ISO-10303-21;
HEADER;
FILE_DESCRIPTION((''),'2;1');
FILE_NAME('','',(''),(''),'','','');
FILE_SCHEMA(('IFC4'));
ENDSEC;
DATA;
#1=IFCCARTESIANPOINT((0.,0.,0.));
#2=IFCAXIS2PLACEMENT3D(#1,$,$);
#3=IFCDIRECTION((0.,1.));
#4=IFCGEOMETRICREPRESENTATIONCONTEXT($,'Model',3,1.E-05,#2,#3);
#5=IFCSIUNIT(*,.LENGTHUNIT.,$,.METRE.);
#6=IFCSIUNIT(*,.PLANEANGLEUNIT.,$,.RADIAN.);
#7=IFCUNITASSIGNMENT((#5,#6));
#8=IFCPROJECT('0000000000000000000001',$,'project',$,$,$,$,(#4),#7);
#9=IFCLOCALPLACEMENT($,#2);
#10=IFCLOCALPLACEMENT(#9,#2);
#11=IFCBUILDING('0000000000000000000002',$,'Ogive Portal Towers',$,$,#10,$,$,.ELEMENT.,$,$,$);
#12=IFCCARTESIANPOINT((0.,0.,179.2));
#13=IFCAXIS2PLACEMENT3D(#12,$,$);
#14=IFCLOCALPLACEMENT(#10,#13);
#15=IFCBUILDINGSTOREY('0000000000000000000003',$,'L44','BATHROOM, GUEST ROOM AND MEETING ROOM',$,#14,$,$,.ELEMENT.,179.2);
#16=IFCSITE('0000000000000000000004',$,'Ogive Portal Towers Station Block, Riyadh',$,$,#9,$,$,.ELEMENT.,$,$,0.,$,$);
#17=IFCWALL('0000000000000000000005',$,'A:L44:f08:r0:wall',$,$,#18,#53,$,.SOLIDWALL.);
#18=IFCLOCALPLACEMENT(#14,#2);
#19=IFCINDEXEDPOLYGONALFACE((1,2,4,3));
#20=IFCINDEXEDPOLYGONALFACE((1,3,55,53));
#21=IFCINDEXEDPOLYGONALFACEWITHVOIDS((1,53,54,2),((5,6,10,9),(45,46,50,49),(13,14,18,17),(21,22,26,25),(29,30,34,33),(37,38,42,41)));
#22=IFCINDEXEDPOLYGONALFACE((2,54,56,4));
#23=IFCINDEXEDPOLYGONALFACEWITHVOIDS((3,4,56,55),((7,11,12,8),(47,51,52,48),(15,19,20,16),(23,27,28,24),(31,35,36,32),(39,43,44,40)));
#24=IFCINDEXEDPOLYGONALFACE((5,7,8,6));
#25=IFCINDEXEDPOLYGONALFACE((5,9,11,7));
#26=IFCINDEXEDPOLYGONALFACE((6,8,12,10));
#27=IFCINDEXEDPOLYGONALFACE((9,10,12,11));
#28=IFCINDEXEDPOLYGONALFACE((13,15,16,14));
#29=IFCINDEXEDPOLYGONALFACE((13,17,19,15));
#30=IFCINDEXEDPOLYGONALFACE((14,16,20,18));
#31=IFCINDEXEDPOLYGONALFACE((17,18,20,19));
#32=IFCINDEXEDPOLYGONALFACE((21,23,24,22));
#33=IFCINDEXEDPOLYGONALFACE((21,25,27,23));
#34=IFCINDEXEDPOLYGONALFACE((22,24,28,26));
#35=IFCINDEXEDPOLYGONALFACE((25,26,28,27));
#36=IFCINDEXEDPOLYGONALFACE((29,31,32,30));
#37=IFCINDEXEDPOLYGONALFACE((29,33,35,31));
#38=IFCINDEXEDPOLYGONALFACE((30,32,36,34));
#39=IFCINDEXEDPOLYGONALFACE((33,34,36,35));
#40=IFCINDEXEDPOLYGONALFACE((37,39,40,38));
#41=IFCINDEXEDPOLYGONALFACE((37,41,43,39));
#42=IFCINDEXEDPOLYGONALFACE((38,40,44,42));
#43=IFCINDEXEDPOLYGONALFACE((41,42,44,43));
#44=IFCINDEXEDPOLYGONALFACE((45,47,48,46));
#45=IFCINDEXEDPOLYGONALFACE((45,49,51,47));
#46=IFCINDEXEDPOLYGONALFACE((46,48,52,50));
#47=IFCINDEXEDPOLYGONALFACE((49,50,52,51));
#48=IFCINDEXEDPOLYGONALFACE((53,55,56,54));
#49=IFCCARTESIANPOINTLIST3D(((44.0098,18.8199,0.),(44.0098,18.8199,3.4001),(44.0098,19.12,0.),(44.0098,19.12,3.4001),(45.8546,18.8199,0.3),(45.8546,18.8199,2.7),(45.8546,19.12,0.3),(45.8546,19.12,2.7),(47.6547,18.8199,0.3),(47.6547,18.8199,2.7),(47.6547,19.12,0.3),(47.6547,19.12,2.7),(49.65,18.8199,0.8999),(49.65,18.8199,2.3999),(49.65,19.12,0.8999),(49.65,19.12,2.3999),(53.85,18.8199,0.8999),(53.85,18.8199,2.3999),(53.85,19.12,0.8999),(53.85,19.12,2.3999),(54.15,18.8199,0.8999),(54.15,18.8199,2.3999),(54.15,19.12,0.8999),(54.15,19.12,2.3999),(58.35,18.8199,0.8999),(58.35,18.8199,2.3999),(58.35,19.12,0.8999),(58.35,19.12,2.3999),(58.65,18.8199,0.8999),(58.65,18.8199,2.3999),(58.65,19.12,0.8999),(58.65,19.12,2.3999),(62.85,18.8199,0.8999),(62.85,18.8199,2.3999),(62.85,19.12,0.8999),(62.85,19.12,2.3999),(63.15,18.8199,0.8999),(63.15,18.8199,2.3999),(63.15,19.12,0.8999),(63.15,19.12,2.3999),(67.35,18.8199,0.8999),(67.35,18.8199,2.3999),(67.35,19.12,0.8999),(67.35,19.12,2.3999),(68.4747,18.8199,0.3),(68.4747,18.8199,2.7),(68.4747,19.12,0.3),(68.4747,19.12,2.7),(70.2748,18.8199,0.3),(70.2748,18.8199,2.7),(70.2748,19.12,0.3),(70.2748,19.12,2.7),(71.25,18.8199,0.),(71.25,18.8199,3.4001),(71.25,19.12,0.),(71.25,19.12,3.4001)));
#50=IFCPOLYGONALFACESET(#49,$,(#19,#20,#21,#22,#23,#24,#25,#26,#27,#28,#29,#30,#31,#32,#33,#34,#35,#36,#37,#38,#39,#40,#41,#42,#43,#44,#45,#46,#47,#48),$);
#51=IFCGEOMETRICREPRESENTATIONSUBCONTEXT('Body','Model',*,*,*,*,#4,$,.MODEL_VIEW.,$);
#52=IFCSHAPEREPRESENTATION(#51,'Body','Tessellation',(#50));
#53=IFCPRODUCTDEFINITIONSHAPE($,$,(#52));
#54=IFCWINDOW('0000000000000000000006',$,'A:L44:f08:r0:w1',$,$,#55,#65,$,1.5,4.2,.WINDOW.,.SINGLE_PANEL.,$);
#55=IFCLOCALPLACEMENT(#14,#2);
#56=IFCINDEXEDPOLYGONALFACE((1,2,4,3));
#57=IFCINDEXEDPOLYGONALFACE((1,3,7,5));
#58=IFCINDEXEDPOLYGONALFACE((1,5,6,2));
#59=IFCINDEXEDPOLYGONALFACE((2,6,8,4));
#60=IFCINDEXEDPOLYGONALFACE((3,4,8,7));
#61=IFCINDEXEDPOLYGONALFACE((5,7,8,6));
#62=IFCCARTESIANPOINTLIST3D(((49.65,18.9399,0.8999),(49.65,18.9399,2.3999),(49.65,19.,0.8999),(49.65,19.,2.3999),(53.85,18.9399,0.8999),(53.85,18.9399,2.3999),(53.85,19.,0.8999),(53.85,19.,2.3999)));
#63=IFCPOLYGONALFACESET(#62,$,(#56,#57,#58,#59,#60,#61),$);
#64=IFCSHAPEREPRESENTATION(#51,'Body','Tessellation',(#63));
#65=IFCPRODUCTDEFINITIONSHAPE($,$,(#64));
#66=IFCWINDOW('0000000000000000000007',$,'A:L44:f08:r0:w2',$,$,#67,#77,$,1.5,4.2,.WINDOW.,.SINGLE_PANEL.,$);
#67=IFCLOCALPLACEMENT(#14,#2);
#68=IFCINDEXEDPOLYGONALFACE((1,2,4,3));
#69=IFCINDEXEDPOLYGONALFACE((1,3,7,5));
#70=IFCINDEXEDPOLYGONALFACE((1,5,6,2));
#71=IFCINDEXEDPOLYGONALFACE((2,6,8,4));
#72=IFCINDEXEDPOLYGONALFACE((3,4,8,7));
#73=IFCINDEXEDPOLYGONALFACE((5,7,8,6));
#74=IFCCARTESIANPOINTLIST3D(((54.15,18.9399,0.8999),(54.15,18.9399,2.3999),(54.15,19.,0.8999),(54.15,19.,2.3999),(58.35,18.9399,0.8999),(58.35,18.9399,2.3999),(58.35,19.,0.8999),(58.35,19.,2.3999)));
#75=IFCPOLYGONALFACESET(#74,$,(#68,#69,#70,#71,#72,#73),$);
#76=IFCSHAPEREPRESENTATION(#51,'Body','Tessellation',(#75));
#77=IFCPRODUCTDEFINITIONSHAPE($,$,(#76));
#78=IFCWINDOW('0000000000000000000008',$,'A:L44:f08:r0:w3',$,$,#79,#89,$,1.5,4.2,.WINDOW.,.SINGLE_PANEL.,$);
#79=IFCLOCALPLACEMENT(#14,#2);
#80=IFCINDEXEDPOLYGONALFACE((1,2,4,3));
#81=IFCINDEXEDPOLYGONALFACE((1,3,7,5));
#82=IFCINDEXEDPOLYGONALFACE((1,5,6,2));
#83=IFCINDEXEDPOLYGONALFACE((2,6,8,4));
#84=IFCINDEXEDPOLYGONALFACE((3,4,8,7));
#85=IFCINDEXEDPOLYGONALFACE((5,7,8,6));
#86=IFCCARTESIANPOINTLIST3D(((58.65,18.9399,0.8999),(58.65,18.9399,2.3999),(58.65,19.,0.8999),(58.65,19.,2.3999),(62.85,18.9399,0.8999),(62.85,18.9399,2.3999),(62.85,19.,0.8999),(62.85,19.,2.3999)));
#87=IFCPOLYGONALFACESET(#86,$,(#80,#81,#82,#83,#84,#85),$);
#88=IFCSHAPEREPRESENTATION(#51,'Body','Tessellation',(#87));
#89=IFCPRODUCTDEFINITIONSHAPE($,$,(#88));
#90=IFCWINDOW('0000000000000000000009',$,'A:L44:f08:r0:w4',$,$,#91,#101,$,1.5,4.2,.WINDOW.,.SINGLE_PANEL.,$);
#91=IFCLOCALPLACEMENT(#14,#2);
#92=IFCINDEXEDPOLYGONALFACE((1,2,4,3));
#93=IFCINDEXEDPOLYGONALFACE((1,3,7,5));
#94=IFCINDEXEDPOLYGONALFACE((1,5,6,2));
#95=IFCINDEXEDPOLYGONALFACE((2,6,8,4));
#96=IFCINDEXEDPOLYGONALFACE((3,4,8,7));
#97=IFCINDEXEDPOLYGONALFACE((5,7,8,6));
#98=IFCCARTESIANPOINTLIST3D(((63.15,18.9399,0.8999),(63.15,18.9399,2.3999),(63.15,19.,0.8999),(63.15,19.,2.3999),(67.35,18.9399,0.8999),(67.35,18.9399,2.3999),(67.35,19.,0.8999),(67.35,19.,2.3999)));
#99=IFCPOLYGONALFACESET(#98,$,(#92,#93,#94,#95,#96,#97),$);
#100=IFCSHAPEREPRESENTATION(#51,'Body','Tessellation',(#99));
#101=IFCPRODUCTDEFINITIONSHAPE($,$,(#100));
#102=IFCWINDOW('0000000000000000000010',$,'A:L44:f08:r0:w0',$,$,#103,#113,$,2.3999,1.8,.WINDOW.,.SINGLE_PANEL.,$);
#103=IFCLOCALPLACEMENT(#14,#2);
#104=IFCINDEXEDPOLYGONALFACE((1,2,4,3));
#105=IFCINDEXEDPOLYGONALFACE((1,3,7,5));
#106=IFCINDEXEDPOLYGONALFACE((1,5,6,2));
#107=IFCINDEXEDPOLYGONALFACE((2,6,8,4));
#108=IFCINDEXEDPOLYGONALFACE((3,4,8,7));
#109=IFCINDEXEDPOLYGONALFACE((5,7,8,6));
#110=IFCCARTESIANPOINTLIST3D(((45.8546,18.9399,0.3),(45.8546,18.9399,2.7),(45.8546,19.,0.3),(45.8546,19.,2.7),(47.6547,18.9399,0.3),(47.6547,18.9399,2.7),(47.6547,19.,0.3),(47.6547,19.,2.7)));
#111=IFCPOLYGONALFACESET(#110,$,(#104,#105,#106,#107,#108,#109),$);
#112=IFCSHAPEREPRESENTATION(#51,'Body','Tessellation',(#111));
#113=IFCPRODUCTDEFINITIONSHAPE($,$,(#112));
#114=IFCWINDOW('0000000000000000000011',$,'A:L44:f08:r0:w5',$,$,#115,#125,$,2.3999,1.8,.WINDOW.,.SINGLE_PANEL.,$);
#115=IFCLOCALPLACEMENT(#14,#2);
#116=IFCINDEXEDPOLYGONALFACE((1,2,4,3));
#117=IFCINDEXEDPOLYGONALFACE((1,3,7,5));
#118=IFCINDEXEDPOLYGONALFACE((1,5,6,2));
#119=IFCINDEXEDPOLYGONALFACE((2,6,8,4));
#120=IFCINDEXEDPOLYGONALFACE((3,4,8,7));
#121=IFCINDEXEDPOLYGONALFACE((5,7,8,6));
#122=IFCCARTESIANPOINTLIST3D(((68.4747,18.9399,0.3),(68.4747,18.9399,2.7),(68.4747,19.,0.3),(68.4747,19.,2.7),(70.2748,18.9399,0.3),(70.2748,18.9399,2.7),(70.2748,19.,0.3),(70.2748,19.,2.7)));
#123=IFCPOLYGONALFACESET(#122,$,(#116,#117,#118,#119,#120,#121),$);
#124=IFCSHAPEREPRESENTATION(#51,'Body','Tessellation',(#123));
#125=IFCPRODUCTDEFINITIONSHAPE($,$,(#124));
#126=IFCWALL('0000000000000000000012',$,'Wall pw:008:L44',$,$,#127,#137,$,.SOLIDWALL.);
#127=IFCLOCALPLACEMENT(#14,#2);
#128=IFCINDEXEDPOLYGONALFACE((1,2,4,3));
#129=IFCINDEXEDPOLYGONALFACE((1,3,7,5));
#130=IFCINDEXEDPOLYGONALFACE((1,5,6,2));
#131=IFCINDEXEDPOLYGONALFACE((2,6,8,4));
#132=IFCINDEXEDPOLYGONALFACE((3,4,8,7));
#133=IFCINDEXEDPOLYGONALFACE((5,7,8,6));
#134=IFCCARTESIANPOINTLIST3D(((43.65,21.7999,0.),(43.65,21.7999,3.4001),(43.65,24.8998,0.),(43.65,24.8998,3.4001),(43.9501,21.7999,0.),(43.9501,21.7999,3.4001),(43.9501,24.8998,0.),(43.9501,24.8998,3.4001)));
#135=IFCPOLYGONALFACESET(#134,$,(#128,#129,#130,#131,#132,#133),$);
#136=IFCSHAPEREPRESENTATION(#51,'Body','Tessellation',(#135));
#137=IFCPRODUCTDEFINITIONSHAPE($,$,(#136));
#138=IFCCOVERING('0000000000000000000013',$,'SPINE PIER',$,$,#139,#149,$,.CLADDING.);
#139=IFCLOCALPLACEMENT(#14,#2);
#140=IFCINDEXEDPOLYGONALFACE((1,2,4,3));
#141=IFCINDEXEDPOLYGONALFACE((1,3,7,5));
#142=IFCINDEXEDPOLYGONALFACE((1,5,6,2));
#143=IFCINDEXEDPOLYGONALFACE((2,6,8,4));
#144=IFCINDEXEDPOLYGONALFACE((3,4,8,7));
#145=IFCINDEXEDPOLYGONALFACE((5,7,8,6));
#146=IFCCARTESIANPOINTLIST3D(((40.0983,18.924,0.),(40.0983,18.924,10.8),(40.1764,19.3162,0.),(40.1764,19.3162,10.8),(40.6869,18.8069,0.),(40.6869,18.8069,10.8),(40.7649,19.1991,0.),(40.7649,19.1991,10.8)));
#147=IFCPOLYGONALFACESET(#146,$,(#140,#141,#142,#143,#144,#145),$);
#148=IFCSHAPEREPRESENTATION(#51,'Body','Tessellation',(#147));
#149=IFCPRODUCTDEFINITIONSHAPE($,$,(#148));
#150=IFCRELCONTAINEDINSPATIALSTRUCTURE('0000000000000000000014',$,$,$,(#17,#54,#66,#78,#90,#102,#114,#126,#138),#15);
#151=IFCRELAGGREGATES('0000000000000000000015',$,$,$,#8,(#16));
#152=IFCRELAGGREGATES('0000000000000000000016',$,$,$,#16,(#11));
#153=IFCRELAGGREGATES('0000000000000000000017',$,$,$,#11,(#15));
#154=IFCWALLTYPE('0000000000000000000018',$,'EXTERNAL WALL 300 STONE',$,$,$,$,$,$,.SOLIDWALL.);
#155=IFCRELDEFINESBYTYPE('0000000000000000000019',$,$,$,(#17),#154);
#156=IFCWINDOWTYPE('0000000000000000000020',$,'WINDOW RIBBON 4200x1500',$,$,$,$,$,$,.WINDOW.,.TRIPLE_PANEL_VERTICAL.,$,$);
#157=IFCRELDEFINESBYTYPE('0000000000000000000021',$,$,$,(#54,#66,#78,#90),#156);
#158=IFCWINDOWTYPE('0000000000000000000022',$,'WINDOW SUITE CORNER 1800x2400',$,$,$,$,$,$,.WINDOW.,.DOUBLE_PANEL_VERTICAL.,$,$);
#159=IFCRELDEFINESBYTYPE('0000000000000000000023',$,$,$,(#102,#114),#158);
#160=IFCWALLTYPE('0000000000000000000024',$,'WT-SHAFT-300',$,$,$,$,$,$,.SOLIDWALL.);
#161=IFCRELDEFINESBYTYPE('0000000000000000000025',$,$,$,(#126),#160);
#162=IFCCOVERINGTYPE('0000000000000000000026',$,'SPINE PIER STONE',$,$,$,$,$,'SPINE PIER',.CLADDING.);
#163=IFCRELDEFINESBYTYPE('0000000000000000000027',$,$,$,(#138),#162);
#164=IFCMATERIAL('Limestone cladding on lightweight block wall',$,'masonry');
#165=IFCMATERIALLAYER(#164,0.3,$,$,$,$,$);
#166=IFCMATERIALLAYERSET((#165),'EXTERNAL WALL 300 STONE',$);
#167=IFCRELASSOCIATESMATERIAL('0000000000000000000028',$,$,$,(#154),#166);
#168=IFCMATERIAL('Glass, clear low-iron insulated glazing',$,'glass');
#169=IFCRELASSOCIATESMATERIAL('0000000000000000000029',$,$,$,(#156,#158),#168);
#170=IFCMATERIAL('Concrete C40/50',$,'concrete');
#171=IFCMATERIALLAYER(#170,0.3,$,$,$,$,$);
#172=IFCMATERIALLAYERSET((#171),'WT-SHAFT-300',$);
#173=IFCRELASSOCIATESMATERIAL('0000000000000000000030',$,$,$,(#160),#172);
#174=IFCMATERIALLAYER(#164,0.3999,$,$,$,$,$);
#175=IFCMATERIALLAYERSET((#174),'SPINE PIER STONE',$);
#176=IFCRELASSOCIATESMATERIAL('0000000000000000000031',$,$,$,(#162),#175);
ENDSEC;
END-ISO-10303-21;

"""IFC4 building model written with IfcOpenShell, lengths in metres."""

from ifc_helpers import new_model, si_unit, direction, frame, frame_2d, origin, origin_2d, place, context, subcontext, project, spatial, rectangle, extrude, material, layer, layer_set, type_object, element, fill, save


model = new_model("IFC4")

# Units and contexts
model_context = context("Model", 3, precision=1e-05, world=origin(), true_north=direction((0.0, 1.0)))
body_context = subcontext(model_context, "Body", "Model", "MODEL_VIEW")
ifc_project = project(units=[si_unit("LENGTHUNIT", "METRE"), si_unit("PLANEANGLEUNIT", "RADIAN")], contexts=[model_context])

# Site, building, storey
site_placement = place(None, origin())
site = spatial("IfcSite", under=ifc_project, at=site_placement, Name="Ogive Portal Towers Station Block, Riyadh", CompositionType="ELEMENT", RefElevation=0.0)
building_placement = place(site_placement, origin())
building = spatial("IfcBuilding", under=site, at=building_placement, Name="Ogive Portal Towers", CompositionType="ELEMENT")
storey_placement = place(building_placement, frame((0.0, 0.0, 179.2)))
storey = spatial("IfcBuildingStorey", under=building, at=storey_placement, Name="L44", Description="BATHROOM, GUEST ROOM AND MEETING ROOM", CompositionType="ELEMENT", Elevation=179.2)

# Shared definitions
ifc_material_1 = material(Name="Limestone cladding on lightweight block wall", Category="masonry")
ifc_layer_1 = layer(ifc_material_1, 0.3)
ifc_layer_set_1 = layer_set([ifc_layer_1], Name="EXTERNAL WALL 300 STONE")
wall_type_1 = type_object("IfcWallType", Name="EXTERNAL WALL 300 STONE", PredefinedType="SOLIDWALL", material=ifc_layer_set_1)

# Wall, openings, windows
wall_1_placement = place(storey_placement, frame((44.0098, 18.97, 0.0), z_axis=(0.0, 0.0, 1.0), x_axis=(1.0, 0.0, 0.0)))
wall_1 = element("IfcWall", 1, at=wall_1_placement, inside=storey, type_object=wall_type_1, Name="A:L44:f08:r0:wall", PredefinedType="SOLIDWALL", context=body_context, shape_type="SweptSolid", body=[
    extrude(rectangle(XDim=27.2402, YDim=0.3, at=frame_2d((13.6201, 0.0))), origin(), (0.0, 0.0, 1.0), 3.4001),
])
opening_1_placement = place(wall_1_placement, frame((1.845, 0.0, 0.3)))
opening_1 = element("IfcOpeningElement", 2, at=opening_1_placement, cuts=wall_1, PredefinedType="OPENING", context=body_context, shape_type="SweptSolid", body=[
    extrude(rectangle(XDim=1.8, YDim=2.3999, at=frame_2d((0.8999, 1.2))), frame((0.0, 0.1602, 0.0), z_axis=(0.0, -1.0, 0.0), x_axis=(1.0, 0.0, 0.0)), (0.0, 0.0, 1.0), 0.3201),
])
opening_2_placement = place(wall_1_placement, frame((5.6401, 0.0, 0.8999)))
opening_2 = element("IfcOpeningElement", 3, at=opening_2_placement, cuts=wall_1, PredefinedType="OPENING", context=body_context, shape_type="SweptSolid", body=[
    extrude(rectangle(XDim=4.2, YDim=1.5, at=frame_2d((2.1001, 0.75))), frame((0.0, 0.1602, 0.0), z_axis=(0.0, -1.0, 0.0), x_axis=(1.0, 0.0, 0.0)), (0.0, 0.0, 1.0), 0.3201),
])
opening_3_placement = place(wall_1_placement, frame((10.1401, 0.0, 0.8999)))
opening_3 = element("IfcOpeningElement", 4, at=opening_3_placement, cuts=wall_1, PredefinedType="OPENING", context=body_context, shape_type="SweptSolid", body=[
    extrude(rectangle(XDim=4.2, YDim=1.5, at=frame_2d((2.1001, 0.75))), frame((0.0, 0.1602, 0.0), z_axis=(0.0, -1.0, 0.0), x_axis=(1.0, 0.0, 0.0)), (0.0, 0.0, 1.0), 0.3201),
])
opening_4_placement = place(wall_1_placement, frame((14.6401, 0.0, 0.8999)))
opening_4 = element("IfcOpeningElement", 5, at=opening_4_placement, cuts=wall_1, PredefinedType="OPENING", context=body_context, shape_type="SweptSolid", body=[
    extrude(rectangle(XDim=4.2, YDim=1.5, at=frame_2d((2.1001, 0.75))), frame((0.0, 0.1602, 0.0), z_axis=(0.0, -1.0, 0.0), x_axis=(1.0, 0.0, 0.0)), (0.0, 0.0, 1.0), 0.3201),
])
opening_5_placement = place(wall_1_placement, frame((19.1401, 0.0, 0.8999)))
opening_5 = element("IfcOpeningElement", 6, at=opening_5_placement, cuts=wall_1, PredefinedType="OPENING", context=body_context, shape_type="SweptSolid", body=[
    extrude(rectangle(XDim=4.2, YDim=1.5, at=frame_2d((2.1001, 0.75))), frame((0.0, 0.1602, 0.0), z_axis=(0.0, -1.0, 0.0), x_axis=(1.0, 0.0, 0.0)), (0.0, 0.0, 1.0), 0.3201),
])
opening_6_placement = place(wall_1_placement, frame((24.4651, 0.0, 0.3)))
opening_6 = element("IfcOpeningElement", 7, at=opening_6_placement, cuts=wall_1, PredefinedType="OPENING", context=body_context, shape_type="SweptSolid", body=[
    extrude(rectangle(XDim=1.8, YDim=2.3999, at=frame_2d((0.8999, 1.2))), frame((0.0, 0.1602, 0.0), z_axis=(0.0, -1.0, 0.0), x_axis=(1.0, 0.0, 0.0)), (0.0, 0.0, 1.0), 0.3201),
])
ifc_material_2 = material(Name="Glass, clear low-iron insulated glazing", Category="glass")
window_type_1 = type_object("IfcWindowType", Name="WINDOW RIBBON 4200x1500", PartitioningType="TRIPLE_PANEL_VERTICAL", PredefinedType="WINDOW", material=ifc_material_2)
window_1_placement = place(opening_2_placement, origin())
window_1 = element("IfcWindow", 8, at=window_1_placement, inside=storey, type_object=window_type_1, Name="A:L44:f08:r0:w1", OverallHeight=1.5, OverallWidth=4.2, PartitioningType="SINGLE_PANEL", PredefinedType="WINDOW", context=body_context, shape_type="SweptSolid", body=[
    extrude(rectangle(XDim=4.2, YDim=1.5, at=frame_2d((2.1001, 0.75))), frame((0.0, 0.03, 0.0), z_axis=(0.0, -1.0, 0.0), x_axis=(1.0, 0.0, 0.0)), (0.0, 0.0, 1.0), 0.0601),
])
fill(opening_2, window_1)
window_2_placement = place(opening_3_placement, origin())
window_2 = element("IfcWindow", 9, at=window_2_placement, inside=storey, type_object=window_type_1, Name="A:L44:f08:r0:w2", OverallHeight=1.5, OverallWidth=4.2, PartitioningType="SINGLE_PANEL", PredefinedType="WINDOW", context=body_context, shape_type="SweptSolid", body=[
    extrude(rectangle(XDim=4.2, YDim=1.5, at=frame_2d((2.1001, 0.75))), frame((0.0, 0.03, 0.0), z_axis=(0.0, -1.0, 0.0), x_axis=(1.0, 0.0, 0.0)), (0.0, 0.0, 1.0), 0.0601),
])
fill(opening_3, window_2)
window_3_placement = place(opening_4_placement, origin())
window_3 = element("IfcWindow", 10, at=window_3_placement, inside=storey, type_object=window_type_1, Name="A:L44:f08:r0:w3", OverallHeight=1.5, OverallWidth=4.2, PartitioningType="SINGLE_PANEL", PredefinedType="WINDOW", context=body_context, shape_type="SweptSolid", body=[
    extrude(rectangle(XDim=4.2, YDim=1.5, at=frame_2d((2.1001, 0.75))), frame((0.0, 0.03, 0.0), z_axis=(0.0, -1.0, 0.0), x_axis=(1.0, 0.0, 0.0)), (0.0, 0.0, 1.0), 0.0601),
])
fill(opening_4, window_3)
window_4_placement = place(opening_5_placement, origin())
window_4 = element("IfcWindow", 11, at=window_4_placement, inside=storey, type_object=window_type_1, Name="A:L44:f08:r0:w4", OverallHeight=1.5, OverallWidth=4.2, PartitioningType="SINGLE_PANEL", PredefinedType="WINDOW", context=body_context, shape_type="SweptSolid", body=[
    extrude(rectangle(XDim=4.2, YDim=1.5, at=frame_2d((2.1001, 0.75))), frame((0.0, 0.03, 0.0), z_axis=(0.0, -1.0, 0.0), x_axis=(1.0, 0.0, 0.0)), (0.0, 0.0, 1.0), 0.0601),
])
fill(opening_5, window_4)
window_type_2 = type_object("IfcWindowType", Name="WINDOW SUITE CORNER 1800x2400", PartitioningType="DOUBLE_PANEL_VERTICAL", PredefinedType="WINDOW", material=ifc_material_2)
window_5_placement = place(opening_1_placement, origin())
window_5 = element("IfcWindow", 12, at=window_5_placement, inside=storey, type_object=window_type_2, Name="A:L44:f08:r0:w0", OverallHeight=2.3999, OverallWidth=1.8, PartitioningType="SINGLE_PANEL", PredefinedType="WINDOW", context=body_context, shape_type="SweptSolid", body=[
    extrude(rectangle(XDim=1.8, YDim=2.3999, at=frame_2d((0.8999, 1.2))), frame((0.0, 0.03, 0.0), z_axis=(0.0, -1.0, 0.0), x_axis=(1.0, 0.0, 0.0)), (0.0, 0.0, 1.0), 0.0601),
])
fill(opening_1, window_5)
window_6_placement = place(opening_6_placement, origin())
window_6 = element("IfcWindow", 13, at=window_6_placement, inside=storey, type_object=window_type_2, Name="A:L44:f08:r0:w5", OverallHeight=2.3999, OverallWidth=1.8, PartitioningType="SINGLE_PANEL", PredefinedType="WINDOW", context=body_context, shape_type="SweptSolid", body=[
    extrude(rectangle(XDim=1.8, YDim=2.3999, at=frame_2d((0.8999, 1.2))), frame((0.0, 0.03, 0.0), z_axis=(0.0, -1.0, 0.0), x_axis=(1.0, 0.0, 0.0)), (0.0, 0.0, 1.0), 0.0601),
])
fill(opening_6, window_6)

# Wall
ifc_material_3 = material(Name="Concrete C40/50", Category="concrete")
ifc_layer_2 = layer(ifc_material_3, 0.3)
ifc_layer_set_2 = layer_set([ifc_layer_2], Name="WT-SHAFT-300")
wall_type_2 = type_object("IfcWallType", Name="WT-SHAFT-300", PredefinedType="SOLIDWALL", material=ifc_layer_set_2)
wall_2_placement = place(storey_placement, frame((43.8, 21.8, 0.0), z_axis=(0.0, 0.0, 1.0), x_axis=(0.0, 1.0, 0.0)))
element("IfcWall", 14, at=wall_2_placement, inside=storey, type_object=wall_type_2, Name="Wall pw:008:L44", PredefinedType="SOLIDWALL", context=body_context, shape_type="SweptSolid", body=[
    extrude(rectangle(XDim=3.0999, YDim=0.3, at=frame_2d((1.5498, 0.0))), origin(), (0.0, 0.0, 1.0), 3.4001),
])

# Covering
ifc_layer_3 = layer(ifc_material_1, 0.3999)
ifc_layer_set_3 = layer_set([ifc_layer_3], Name="SPINE PIER STONE")
covering_type = type_object("IfcCoveringType", Name="SPINE PIER STONE", ElementType="SPINE PIER", PredefinedType="CLADDING", material=ifc_layer_set_3)
covering_placement = place(storey_placement, frame((40.4316, 19.0615, 0.0), z_axis=(0.0, 0.0, 1.0), x_axis=(0.980785, -0.19509, 0.0)))
element("IfcCovering", 15, at=covering_placement, inside=storey, type_object=covering_type, Name="SPINE PIER", PredefinedType="CLADDING", context=body_context, shape_type="SweptSolid", body=[
    extrude(rectangle(XDim=0.6001, YDim=0.3999, at=origin_2d()), origin(), (0.0, 0.0, 1.0), 10.8),
])

save(model, "model.ifc")
